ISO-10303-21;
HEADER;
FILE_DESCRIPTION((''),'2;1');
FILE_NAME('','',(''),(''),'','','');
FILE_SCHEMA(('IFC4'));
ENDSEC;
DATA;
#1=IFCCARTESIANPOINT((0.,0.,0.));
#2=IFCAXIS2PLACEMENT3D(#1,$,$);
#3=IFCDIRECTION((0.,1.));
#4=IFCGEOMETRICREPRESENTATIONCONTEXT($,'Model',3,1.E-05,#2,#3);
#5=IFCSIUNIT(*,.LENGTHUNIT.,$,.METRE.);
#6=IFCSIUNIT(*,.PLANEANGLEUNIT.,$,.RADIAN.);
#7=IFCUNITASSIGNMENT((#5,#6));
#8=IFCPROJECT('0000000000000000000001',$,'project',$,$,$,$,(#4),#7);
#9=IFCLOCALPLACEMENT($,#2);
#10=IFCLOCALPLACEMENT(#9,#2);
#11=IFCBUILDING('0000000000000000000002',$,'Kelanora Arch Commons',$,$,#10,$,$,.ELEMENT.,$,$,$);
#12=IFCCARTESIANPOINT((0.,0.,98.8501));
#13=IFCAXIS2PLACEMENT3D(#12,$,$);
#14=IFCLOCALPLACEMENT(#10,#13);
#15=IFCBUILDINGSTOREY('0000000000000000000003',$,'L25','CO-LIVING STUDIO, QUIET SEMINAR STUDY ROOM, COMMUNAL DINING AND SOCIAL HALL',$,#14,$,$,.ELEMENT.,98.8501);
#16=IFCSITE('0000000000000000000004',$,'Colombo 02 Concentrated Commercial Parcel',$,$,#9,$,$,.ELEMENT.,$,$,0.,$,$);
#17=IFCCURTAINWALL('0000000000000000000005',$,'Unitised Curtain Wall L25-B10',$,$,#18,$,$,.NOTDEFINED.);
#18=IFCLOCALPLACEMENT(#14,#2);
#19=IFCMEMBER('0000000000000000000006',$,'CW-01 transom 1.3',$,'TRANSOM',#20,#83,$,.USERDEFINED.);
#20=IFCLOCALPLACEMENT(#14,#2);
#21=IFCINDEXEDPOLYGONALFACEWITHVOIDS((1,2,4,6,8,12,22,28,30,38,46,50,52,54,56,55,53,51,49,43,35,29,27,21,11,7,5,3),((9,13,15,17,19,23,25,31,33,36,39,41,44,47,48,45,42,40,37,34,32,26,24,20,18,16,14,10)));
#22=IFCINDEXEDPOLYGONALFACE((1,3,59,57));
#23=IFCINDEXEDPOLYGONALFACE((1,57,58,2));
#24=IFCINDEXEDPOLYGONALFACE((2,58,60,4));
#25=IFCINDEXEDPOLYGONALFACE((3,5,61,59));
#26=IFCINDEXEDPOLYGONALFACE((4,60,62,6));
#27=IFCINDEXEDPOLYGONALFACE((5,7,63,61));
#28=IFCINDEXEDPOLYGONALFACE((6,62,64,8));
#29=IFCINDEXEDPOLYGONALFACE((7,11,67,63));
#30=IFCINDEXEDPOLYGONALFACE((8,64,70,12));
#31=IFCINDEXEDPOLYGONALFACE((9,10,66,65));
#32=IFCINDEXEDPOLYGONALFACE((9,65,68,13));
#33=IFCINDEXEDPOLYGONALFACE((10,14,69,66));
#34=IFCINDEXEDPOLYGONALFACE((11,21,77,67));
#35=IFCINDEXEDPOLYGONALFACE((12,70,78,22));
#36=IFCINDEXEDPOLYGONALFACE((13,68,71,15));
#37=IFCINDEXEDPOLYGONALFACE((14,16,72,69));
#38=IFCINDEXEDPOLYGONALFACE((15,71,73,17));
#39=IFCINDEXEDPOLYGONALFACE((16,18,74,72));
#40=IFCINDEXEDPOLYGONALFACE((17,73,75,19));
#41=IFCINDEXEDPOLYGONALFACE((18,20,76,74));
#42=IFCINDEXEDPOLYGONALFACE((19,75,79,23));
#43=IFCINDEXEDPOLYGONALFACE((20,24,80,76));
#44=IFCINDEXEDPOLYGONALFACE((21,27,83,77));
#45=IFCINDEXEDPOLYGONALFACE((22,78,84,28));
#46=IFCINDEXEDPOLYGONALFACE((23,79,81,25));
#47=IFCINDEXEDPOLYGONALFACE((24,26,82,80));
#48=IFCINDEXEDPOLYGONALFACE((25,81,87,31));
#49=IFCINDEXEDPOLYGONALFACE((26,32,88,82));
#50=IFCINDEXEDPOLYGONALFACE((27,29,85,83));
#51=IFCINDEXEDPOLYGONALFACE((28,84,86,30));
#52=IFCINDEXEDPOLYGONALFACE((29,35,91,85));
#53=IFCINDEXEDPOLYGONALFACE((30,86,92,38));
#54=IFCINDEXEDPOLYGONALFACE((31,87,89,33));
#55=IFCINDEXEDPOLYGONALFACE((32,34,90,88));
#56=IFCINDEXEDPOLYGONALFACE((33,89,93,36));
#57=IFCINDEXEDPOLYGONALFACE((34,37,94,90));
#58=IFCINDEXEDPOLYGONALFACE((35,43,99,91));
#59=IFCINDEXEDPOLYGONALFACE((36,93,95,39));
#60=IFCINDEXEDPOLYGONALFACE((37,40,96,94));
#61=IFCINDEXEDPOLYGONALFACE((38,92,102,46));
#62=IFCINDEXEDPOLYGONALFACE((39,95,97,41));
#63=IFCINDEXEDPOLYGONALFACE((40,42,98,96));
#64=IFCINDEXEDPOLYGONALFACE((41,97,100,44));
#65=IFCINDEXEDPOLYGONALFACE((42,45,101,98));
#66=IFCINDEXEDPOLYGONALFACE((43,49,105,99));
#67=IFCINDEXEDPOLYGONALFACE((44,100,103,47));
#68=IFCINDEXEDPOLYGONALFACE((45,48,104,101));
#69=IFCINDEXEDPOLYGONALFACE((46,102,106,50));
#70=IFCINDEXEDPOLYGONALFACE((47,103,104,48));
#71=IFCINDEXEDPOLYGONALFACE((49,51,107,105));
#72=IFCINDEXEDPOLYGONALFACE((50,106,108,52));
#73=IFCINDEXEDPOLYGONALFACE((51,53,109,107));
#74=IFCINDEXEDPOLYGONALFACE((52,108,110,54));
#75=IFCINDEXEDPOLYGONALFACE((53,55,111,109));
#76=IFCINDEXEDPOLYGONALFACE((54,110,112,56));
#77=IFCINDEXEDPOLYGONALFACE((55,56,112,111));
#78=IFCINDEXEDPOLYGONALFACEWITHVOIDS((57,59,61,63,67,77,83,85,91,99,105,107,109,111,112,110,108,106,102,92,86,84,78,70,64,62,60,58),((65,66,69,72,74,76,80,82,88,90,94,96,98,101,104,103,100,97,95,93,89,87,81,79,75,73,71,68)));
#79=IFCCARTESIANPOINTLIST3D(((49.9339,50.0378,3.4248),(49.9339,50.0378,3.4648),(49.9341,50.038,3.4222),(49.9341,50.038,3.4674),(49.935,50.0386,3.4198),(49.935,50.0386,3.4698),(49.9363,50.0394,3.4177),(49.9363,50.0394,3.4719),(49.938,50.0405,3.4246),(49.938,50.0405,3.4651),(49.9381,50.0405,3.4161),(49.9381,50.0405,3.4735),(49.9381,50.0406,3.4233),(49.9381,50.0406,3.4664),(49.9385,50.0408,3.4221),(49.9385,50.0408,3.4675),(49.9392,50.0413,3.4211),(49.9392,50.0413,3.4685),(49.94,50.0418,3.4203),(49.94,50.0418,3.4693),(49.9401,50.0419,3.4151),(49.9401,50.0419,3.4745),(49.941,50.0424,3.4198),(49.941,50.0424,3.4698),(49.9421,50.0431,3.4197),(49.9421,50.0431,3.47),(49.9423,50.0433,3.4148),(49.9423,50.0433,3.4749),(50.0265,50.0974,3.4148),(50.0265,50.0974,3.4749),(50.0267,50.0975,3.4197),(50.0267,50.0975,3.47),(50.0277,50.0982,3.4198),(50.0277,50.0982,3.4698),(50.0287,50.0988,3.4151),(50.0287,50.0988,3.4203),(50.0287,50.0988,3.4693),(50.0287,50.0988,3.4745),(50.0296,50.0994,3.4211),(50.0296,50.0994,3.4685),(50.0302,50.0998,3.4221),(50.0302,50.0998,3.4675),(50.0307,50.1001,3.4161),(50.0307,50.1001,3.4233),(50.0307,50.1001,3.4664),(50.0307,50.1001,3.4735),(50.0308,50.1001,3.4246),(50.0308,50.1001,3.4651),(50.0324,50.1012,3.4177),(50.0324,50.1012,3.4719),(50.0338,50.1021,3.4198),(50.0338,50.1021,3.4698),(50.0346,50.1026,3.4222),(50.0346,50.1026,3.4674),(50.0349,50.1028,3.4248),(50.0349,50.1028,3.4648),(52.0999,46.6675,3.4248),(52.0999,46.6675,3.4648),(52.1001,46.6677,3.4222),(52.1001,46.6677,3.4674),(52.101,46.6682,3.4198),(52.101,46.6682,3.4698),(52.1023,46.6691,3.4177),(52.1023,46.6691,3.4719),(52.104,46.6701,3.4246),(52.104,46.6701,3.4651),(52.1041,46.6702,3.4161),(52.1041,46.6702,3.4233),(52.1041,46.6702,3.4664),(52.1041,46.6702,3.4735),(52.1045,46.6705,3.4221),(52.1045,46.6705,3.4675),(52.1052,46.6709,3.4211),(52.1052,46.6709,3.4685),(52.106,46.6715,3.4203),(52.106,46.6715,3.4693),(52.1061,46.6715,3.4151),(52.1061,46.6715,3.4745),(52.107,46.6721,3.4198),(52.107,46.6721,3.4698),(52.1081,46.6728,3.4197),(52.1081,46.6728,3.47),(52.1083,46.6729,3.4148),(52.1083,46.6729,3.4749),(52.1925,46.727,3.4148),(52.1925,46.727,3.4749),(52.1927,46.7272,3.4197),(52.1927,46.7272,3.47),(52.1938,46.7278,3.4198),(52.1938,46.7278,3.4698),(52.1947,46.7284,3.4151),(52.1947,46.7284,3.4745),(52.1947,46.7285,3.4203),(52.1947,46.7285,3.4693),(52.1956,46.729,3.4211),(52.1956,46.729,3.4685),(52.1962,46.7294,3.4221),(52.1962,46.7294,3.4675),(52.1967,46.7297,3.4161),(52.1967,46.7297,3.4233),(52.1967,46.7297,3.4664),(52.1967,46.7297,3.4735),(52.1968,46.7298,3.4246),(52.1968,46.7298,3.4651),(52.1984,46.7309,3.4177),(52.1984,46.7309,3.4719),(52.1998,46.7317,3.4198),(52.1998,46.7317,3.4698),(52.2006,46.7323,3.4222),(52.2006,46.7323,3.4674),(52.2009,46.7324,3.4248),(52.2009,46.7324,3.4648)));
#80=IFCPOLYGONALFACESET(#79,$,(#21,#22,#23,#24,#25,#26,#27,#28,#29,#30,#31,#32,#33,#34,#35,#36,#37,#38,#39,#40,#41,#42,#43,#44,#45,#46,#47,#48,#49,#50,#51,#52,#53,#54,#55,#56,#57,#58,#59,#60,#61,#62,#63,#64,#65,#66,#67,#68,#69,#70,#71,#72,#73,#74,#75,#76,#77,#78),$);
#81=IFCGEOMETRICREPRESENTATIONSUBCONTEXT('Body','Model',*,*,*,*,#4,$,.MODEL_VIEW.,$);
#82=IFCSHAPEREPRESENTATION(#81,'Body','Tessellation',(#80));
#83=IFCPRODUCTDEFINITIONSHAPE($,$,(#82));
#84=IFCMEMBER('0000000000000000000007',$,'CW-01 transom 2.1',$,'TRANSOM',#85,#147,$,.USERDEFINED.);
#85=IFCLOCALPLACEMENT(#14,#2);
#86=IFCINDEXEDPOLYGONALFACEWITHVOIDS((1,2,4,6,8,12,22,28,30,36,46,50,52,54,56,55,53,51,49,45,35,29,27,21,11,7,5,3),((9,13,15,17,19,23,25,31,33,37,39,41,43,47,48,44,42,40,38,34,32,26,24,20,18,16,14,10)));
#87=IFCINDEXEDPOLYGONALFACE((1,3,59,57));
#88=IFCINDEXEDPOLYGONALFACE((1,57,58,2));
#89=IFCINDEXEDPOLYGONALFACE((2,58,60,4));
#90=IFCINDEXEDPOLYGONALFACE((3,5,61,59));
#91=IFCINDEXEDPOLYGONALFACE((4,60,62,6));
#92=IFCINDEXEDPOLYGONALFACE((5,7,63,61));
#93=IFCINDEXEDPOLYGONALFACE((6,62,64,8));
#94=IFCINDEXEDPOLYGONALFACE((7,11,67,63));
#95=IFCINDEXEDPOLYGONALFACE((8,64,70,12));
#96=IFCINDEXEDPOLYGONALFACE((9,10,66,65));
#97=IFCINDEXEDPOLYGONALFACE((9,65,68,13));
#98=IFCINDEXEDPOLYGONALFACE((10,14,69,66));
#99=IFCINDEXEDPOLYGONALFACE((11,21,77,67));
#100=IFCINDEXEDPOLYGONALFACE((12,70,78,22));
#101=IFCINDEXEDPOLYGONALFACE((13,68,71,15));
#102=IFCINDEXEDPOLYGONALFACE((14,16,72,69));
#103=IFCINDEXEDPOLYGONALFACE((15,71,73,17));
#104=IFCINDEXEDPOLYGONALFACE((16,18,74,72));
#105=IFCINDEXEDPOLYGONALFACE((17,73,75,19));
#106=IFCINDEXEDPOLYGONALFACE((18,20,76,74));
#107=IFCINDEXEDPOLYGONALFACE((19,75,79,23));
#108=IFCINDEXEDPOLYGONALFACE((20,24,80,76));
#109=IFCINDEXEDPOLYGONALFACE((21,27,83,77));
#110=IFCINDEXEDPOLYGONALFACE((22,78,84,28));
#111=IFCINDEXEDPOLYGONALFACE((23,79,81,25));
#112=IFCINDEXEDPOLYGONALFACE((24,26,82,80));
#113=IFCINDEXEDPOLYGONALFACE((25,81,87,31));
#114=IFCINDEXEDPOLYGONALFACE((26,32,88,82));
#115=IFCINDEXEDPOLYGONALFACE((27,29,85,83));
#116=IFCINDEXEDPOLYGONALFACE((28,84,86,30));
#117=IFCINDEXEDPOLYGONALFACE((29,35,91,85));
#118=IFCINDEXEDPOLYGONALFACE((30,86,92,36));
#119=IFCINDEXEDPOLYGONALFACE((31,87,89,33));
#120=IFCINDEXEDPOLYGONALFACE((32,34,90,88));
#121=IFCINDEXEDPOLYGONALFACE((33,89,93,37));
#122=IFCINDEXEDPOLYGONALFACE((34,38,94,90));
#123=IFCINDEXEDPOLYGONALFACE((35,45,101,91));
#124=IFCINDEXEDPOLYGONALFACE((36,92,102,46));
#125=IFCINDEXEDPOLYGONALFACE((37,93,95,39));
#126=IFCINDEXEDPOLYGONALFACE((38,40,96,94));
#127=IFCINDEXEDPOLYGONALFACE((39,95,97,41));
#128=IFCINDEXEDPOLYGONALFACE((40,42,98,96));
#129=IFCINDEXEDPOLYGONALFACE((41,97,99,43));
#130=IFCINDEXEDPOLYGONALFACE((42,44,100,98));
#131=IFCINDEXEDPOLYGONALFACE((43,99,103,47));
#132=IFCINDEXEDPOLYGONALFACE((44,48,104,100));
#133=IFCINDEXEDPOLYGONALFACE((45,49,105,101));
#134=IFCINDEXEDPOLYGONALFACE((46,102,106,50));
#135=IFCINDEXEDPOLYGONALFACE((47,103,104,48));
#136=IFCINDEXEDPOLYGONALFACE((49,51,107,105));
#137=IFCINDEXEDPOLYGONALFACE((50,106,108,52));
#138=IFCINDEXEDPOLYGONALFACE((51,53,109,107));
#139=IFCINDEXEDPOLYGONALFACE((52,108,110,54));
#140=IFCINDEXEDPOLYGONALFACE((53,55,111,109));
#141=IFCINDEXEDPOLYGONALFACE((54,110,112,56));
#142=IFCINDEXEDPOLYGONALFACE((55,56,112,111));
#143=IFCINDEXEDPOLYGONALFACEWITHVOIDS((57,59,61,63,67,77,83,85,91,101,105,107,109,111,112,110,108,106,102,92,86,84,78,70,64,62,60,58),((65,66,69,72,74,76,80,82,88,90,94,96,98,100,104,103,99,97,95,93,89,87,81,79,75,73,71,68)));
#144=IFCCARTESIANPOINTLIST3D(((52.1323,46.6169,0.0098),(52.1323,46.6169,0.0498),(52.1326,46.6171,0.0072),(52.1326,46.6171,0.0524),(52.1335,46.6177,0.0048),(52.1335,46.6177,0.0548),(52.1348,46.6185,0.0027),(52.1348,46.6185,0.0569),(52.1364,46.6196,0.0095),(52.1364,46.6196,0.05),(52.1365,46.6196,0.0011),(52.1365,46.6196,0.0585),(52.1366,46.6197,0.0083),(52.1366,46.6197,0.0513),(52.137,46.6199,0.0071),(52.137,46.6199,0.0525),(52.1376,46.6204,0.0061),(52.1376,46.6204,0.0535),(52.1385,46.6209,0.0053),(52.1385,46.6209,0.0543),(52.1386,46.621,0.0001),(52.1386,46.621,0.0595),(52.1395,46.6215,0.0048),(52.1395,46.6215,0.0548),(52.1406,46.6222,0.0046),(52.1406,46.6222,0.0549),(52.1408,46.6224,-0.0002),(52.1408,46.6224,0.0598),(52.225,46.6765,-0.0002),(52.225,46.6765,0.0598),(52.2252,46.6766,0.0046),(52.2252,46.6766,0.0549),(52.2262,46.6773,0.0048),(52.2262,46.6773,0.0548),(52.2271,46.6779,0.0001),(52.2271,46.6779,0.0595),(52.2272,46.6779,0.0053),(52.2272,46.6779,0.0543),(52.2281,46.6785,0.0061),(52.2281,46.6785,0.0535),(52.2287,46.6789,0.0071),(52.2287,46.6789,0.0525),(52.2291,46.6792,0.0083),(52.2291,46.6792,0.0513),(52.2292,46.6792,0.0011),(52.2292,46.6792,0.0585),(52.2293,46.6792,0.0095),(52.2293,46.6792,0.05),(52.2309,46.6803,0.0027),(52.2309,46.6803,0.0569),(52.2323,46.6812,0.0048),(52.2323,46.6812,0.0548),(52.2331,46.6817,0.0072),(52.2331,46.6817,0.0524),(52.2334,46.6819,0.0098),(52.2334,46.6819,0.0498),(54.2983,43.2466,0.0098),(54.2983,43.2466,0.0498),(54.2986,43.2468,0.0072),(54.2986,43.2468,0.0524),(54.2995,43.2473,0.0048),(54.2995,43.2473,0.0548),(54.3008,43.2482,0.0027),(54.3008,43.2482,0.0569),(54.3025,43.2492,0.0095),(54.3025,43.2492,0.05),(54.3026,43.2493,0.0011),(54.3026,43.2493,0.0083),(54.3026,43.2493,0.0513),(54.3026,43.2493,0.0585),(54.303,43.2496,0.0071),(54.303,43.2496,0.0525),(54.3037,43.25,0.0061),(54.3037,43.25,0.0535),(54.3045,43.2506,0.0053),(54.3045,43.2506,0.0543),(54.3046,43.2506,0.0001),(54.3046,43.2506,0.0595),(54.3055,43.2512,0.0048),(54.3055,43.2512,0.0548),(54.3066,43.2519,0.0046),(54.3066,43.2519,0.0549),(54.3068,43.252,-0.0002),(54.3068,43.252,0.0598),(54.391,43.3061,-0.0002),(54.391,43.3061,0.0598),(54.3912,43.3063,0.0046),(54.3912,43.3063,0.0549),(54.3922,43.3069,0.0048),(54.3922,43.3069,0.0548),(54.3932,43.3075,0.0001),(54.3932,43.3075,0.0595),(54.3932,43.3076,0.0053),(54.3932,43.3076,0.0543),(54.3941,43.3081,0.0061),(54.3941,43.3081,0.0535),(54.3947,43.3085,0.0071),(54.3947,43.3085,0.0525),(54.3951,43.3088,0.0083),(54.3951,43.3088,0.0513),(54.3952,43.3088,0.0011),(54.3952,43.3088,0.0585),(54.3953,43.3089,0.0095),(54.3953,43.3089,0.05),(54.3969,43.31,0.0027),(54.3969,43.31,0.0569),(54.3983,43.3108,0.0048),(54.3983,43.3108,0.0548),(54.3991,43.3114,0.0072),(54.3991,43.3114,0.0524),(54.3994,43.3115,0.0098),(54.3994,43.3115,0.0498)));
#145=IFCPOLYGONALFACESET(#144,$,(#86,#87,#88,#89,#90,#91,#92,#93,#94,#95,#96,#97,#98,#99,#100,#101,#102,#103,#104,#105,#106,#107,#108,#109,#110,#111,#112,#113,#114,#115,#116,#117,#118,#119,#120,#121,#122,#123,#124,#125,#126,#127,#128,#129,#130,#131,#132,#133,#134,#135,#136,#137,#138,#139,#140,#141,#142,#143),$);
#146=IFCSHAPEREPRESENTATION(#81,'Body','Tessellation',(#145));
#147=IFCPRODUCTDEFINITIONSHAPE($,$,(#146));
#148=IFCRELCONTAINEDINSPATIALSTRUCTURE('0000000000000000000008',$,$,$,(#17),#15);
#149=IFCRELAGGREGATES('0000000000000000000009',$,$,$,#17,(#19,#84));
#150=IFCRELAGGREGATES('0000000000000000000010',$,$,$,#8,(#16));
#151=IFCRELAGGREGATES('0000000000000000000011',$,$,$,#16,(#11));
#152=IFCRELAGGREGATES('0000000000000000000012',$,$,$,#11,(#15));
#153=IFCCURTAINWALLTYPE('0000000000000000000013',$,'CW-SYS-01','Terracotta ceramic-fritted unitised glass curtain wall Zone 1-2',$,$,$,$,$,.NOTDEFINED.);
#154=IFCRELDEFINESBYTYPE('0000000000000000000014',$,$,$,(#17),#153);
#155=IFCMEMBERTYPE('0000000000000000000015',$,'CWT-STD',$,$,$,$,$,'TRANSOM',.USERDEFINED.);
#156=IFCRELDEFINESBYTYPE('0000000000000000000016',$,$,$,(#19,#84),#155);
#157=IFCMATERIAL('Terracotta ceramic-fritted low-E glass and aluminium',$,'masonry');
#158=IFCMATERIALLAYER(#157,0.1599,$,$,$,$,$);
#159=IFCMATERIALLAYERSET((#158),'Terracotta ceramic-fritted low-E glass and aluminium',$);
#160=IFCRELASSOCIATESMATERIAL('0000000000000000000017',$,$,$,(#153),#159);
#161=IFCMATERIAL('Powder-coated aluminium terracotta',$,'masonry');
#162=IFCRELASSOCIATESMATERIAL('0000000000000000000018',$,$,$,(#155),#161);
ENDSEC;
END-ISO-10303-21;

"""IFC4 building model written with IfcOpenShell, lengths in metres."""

from ifc_helpers import new_model, si_unit, direction, frame, origin, origin_2d, place, context, subcontext, project, spatial, hollow_rectangle, extrude, material, layer, layer_set, material_profile, profile_set, type_object, element, aggregate, save


model = new_model("IFC4")

# Units and contexts
model_context = context("Model", 3, precision=1e-05, world=origin(), true_north=direction((0.0, 1.0)))
body_context = subcontext(model_context, "Body", "Model", "MODEL_VIEW")
ifc_project = project(units=[si_unit("LENGTHUNIT", "METRE"), si_unit("PLANEANGLEUNIT", "RADIAN")], contexts=[model_context])

# Site, building, storey
site_placement = place(None, origin())
site = spatial("IfcSite", under=ifc_project, at=site_placement, Name="Colombo 02 Concentrated Commercial Parcel", CompositionType="ELEMENT", RefElevation=0.0)
building_placement = place(site_placement, origin())
building = spatial("IfcBuilding", under=site, at=building_placement, Name="Kelanora Arch Commons", CompositionType="ELEMENT")
storey_placement = place(building_placement, frame((0.0, 0.0, 98.8501)))
storey = spatial("IfcBuildingStorey", under=building, at=storey_placement, Name="L25", Description="CO-LIVING STUDIO, QUIET SEMINAR STUDY ROOM, COMMUNAL DINING AND SOCIAL HALL", CompositionType="ELEMENT", Elevation=98.8501)

# Shared definitions
ifc_material_1 = material(Name="Terracotta ceramic-fritted low-E glass and aluminium", Category="masonry")
ifc_layer_1 = layer(ifc_material_1, 0.1599)
ifc_layer_set_1 = layer_set([ifc_layer_1], Name="Terracotta ceramic-fritted low-E glass and aluminium")
curtain_wall_type = type_object("IfcCurtainWallType", Name="CW-SYS-01", Description="Terracotta ceramic-fritted unitised glass curtain wall Zone 1-2", PredefinedType="NOTDEFINED", material=ifc_layer_set_1)
ifc_material_2 = material(Name="Powder-coated aluminium terracotta", Category="masonry")

# Curtain wall, members
curtain_wall_1_placement = place(storey_placement, origin())
curtain_wall_1 = element("IfcCurtainWall", 1, at=curtain_wall_1_placement, inside=storey, type_object=curtain_wall_type, Name="Unitised Curtain Wall L25-B10", PredefinedType="NOTDEFINED")
ifc_material_profile_1 = material_profile(ifc_material_2, hollow_rectangle(XDim=0.1201, YDim=0.0601, WallThickness=0.0049, InnerFilletRadius=0.0049, OuterFilletRadius=0.01, at=origin_2d()), Name="CWT120x60")
ifc_profile_set_1 = profile_set([ifc_material_profile_1], Name="Powder-coated aluminium terracotta")
member_type_1 = type_object("IfcMemberType", Name="CWT-STD", ElementType="TRANSOM", PredefinedType="USERDEFINED", material=ifc_profile_set_1)
member_1_placement = place(storey_placement, frame((49.9844, 50.0703, 3.4448), z_axis=(0.540644, -0.841252, 0.0), x_axis=(0.841252, 0.540644, 0.0)))
member_1 = element("IfcMember", 2, at=member_1_placement, type_object=member_type_1, Name="CW-01 transom 1.3", ObjectType="TRANSOM", PredefinedType="USERDEFINED", context=body_context, shape_type="SweptSolid", body=[
    extrude(hollow_rectangle(XDim=0.1201, YDim=0.0601, WallThickness=0.0049, InnerFilletRadius=0.0049, OuterFilletRadius=0.01, at=origin_2d()), origin(), (0.0, 0.0, 1.0), 4.0063),
])
member_2_placement = place(storey_placement, frame((52.1829, 46.6494, 0.0298), z_axis=(0.540644, -0.841252, 0.0), x_axis=(0.841252, 0.540644, 0.0)))
member_2 = element("IfcMember", 3, at=member_2_placement, type_object=member_type_1, Name="CW-01 transom 2.1", ObjectType="TRANSOM", PredefinedType="USERDEFINED", context=body_context, shape_type="SweptSolid", body=[
    extrude(hollow_rectangle(XDim=0.1201, YDim=0.0601, WallThickness=0.0049, InnerFilletRadius=0.0049, OuterFilletRadius=0.01, at=origin_2d()), origin(), (0.0, 0.0, 1.0), 4.0063),
])

aggregate(curtain_wall_1, [member_1, member_2])

save(model, "model.ifc")
